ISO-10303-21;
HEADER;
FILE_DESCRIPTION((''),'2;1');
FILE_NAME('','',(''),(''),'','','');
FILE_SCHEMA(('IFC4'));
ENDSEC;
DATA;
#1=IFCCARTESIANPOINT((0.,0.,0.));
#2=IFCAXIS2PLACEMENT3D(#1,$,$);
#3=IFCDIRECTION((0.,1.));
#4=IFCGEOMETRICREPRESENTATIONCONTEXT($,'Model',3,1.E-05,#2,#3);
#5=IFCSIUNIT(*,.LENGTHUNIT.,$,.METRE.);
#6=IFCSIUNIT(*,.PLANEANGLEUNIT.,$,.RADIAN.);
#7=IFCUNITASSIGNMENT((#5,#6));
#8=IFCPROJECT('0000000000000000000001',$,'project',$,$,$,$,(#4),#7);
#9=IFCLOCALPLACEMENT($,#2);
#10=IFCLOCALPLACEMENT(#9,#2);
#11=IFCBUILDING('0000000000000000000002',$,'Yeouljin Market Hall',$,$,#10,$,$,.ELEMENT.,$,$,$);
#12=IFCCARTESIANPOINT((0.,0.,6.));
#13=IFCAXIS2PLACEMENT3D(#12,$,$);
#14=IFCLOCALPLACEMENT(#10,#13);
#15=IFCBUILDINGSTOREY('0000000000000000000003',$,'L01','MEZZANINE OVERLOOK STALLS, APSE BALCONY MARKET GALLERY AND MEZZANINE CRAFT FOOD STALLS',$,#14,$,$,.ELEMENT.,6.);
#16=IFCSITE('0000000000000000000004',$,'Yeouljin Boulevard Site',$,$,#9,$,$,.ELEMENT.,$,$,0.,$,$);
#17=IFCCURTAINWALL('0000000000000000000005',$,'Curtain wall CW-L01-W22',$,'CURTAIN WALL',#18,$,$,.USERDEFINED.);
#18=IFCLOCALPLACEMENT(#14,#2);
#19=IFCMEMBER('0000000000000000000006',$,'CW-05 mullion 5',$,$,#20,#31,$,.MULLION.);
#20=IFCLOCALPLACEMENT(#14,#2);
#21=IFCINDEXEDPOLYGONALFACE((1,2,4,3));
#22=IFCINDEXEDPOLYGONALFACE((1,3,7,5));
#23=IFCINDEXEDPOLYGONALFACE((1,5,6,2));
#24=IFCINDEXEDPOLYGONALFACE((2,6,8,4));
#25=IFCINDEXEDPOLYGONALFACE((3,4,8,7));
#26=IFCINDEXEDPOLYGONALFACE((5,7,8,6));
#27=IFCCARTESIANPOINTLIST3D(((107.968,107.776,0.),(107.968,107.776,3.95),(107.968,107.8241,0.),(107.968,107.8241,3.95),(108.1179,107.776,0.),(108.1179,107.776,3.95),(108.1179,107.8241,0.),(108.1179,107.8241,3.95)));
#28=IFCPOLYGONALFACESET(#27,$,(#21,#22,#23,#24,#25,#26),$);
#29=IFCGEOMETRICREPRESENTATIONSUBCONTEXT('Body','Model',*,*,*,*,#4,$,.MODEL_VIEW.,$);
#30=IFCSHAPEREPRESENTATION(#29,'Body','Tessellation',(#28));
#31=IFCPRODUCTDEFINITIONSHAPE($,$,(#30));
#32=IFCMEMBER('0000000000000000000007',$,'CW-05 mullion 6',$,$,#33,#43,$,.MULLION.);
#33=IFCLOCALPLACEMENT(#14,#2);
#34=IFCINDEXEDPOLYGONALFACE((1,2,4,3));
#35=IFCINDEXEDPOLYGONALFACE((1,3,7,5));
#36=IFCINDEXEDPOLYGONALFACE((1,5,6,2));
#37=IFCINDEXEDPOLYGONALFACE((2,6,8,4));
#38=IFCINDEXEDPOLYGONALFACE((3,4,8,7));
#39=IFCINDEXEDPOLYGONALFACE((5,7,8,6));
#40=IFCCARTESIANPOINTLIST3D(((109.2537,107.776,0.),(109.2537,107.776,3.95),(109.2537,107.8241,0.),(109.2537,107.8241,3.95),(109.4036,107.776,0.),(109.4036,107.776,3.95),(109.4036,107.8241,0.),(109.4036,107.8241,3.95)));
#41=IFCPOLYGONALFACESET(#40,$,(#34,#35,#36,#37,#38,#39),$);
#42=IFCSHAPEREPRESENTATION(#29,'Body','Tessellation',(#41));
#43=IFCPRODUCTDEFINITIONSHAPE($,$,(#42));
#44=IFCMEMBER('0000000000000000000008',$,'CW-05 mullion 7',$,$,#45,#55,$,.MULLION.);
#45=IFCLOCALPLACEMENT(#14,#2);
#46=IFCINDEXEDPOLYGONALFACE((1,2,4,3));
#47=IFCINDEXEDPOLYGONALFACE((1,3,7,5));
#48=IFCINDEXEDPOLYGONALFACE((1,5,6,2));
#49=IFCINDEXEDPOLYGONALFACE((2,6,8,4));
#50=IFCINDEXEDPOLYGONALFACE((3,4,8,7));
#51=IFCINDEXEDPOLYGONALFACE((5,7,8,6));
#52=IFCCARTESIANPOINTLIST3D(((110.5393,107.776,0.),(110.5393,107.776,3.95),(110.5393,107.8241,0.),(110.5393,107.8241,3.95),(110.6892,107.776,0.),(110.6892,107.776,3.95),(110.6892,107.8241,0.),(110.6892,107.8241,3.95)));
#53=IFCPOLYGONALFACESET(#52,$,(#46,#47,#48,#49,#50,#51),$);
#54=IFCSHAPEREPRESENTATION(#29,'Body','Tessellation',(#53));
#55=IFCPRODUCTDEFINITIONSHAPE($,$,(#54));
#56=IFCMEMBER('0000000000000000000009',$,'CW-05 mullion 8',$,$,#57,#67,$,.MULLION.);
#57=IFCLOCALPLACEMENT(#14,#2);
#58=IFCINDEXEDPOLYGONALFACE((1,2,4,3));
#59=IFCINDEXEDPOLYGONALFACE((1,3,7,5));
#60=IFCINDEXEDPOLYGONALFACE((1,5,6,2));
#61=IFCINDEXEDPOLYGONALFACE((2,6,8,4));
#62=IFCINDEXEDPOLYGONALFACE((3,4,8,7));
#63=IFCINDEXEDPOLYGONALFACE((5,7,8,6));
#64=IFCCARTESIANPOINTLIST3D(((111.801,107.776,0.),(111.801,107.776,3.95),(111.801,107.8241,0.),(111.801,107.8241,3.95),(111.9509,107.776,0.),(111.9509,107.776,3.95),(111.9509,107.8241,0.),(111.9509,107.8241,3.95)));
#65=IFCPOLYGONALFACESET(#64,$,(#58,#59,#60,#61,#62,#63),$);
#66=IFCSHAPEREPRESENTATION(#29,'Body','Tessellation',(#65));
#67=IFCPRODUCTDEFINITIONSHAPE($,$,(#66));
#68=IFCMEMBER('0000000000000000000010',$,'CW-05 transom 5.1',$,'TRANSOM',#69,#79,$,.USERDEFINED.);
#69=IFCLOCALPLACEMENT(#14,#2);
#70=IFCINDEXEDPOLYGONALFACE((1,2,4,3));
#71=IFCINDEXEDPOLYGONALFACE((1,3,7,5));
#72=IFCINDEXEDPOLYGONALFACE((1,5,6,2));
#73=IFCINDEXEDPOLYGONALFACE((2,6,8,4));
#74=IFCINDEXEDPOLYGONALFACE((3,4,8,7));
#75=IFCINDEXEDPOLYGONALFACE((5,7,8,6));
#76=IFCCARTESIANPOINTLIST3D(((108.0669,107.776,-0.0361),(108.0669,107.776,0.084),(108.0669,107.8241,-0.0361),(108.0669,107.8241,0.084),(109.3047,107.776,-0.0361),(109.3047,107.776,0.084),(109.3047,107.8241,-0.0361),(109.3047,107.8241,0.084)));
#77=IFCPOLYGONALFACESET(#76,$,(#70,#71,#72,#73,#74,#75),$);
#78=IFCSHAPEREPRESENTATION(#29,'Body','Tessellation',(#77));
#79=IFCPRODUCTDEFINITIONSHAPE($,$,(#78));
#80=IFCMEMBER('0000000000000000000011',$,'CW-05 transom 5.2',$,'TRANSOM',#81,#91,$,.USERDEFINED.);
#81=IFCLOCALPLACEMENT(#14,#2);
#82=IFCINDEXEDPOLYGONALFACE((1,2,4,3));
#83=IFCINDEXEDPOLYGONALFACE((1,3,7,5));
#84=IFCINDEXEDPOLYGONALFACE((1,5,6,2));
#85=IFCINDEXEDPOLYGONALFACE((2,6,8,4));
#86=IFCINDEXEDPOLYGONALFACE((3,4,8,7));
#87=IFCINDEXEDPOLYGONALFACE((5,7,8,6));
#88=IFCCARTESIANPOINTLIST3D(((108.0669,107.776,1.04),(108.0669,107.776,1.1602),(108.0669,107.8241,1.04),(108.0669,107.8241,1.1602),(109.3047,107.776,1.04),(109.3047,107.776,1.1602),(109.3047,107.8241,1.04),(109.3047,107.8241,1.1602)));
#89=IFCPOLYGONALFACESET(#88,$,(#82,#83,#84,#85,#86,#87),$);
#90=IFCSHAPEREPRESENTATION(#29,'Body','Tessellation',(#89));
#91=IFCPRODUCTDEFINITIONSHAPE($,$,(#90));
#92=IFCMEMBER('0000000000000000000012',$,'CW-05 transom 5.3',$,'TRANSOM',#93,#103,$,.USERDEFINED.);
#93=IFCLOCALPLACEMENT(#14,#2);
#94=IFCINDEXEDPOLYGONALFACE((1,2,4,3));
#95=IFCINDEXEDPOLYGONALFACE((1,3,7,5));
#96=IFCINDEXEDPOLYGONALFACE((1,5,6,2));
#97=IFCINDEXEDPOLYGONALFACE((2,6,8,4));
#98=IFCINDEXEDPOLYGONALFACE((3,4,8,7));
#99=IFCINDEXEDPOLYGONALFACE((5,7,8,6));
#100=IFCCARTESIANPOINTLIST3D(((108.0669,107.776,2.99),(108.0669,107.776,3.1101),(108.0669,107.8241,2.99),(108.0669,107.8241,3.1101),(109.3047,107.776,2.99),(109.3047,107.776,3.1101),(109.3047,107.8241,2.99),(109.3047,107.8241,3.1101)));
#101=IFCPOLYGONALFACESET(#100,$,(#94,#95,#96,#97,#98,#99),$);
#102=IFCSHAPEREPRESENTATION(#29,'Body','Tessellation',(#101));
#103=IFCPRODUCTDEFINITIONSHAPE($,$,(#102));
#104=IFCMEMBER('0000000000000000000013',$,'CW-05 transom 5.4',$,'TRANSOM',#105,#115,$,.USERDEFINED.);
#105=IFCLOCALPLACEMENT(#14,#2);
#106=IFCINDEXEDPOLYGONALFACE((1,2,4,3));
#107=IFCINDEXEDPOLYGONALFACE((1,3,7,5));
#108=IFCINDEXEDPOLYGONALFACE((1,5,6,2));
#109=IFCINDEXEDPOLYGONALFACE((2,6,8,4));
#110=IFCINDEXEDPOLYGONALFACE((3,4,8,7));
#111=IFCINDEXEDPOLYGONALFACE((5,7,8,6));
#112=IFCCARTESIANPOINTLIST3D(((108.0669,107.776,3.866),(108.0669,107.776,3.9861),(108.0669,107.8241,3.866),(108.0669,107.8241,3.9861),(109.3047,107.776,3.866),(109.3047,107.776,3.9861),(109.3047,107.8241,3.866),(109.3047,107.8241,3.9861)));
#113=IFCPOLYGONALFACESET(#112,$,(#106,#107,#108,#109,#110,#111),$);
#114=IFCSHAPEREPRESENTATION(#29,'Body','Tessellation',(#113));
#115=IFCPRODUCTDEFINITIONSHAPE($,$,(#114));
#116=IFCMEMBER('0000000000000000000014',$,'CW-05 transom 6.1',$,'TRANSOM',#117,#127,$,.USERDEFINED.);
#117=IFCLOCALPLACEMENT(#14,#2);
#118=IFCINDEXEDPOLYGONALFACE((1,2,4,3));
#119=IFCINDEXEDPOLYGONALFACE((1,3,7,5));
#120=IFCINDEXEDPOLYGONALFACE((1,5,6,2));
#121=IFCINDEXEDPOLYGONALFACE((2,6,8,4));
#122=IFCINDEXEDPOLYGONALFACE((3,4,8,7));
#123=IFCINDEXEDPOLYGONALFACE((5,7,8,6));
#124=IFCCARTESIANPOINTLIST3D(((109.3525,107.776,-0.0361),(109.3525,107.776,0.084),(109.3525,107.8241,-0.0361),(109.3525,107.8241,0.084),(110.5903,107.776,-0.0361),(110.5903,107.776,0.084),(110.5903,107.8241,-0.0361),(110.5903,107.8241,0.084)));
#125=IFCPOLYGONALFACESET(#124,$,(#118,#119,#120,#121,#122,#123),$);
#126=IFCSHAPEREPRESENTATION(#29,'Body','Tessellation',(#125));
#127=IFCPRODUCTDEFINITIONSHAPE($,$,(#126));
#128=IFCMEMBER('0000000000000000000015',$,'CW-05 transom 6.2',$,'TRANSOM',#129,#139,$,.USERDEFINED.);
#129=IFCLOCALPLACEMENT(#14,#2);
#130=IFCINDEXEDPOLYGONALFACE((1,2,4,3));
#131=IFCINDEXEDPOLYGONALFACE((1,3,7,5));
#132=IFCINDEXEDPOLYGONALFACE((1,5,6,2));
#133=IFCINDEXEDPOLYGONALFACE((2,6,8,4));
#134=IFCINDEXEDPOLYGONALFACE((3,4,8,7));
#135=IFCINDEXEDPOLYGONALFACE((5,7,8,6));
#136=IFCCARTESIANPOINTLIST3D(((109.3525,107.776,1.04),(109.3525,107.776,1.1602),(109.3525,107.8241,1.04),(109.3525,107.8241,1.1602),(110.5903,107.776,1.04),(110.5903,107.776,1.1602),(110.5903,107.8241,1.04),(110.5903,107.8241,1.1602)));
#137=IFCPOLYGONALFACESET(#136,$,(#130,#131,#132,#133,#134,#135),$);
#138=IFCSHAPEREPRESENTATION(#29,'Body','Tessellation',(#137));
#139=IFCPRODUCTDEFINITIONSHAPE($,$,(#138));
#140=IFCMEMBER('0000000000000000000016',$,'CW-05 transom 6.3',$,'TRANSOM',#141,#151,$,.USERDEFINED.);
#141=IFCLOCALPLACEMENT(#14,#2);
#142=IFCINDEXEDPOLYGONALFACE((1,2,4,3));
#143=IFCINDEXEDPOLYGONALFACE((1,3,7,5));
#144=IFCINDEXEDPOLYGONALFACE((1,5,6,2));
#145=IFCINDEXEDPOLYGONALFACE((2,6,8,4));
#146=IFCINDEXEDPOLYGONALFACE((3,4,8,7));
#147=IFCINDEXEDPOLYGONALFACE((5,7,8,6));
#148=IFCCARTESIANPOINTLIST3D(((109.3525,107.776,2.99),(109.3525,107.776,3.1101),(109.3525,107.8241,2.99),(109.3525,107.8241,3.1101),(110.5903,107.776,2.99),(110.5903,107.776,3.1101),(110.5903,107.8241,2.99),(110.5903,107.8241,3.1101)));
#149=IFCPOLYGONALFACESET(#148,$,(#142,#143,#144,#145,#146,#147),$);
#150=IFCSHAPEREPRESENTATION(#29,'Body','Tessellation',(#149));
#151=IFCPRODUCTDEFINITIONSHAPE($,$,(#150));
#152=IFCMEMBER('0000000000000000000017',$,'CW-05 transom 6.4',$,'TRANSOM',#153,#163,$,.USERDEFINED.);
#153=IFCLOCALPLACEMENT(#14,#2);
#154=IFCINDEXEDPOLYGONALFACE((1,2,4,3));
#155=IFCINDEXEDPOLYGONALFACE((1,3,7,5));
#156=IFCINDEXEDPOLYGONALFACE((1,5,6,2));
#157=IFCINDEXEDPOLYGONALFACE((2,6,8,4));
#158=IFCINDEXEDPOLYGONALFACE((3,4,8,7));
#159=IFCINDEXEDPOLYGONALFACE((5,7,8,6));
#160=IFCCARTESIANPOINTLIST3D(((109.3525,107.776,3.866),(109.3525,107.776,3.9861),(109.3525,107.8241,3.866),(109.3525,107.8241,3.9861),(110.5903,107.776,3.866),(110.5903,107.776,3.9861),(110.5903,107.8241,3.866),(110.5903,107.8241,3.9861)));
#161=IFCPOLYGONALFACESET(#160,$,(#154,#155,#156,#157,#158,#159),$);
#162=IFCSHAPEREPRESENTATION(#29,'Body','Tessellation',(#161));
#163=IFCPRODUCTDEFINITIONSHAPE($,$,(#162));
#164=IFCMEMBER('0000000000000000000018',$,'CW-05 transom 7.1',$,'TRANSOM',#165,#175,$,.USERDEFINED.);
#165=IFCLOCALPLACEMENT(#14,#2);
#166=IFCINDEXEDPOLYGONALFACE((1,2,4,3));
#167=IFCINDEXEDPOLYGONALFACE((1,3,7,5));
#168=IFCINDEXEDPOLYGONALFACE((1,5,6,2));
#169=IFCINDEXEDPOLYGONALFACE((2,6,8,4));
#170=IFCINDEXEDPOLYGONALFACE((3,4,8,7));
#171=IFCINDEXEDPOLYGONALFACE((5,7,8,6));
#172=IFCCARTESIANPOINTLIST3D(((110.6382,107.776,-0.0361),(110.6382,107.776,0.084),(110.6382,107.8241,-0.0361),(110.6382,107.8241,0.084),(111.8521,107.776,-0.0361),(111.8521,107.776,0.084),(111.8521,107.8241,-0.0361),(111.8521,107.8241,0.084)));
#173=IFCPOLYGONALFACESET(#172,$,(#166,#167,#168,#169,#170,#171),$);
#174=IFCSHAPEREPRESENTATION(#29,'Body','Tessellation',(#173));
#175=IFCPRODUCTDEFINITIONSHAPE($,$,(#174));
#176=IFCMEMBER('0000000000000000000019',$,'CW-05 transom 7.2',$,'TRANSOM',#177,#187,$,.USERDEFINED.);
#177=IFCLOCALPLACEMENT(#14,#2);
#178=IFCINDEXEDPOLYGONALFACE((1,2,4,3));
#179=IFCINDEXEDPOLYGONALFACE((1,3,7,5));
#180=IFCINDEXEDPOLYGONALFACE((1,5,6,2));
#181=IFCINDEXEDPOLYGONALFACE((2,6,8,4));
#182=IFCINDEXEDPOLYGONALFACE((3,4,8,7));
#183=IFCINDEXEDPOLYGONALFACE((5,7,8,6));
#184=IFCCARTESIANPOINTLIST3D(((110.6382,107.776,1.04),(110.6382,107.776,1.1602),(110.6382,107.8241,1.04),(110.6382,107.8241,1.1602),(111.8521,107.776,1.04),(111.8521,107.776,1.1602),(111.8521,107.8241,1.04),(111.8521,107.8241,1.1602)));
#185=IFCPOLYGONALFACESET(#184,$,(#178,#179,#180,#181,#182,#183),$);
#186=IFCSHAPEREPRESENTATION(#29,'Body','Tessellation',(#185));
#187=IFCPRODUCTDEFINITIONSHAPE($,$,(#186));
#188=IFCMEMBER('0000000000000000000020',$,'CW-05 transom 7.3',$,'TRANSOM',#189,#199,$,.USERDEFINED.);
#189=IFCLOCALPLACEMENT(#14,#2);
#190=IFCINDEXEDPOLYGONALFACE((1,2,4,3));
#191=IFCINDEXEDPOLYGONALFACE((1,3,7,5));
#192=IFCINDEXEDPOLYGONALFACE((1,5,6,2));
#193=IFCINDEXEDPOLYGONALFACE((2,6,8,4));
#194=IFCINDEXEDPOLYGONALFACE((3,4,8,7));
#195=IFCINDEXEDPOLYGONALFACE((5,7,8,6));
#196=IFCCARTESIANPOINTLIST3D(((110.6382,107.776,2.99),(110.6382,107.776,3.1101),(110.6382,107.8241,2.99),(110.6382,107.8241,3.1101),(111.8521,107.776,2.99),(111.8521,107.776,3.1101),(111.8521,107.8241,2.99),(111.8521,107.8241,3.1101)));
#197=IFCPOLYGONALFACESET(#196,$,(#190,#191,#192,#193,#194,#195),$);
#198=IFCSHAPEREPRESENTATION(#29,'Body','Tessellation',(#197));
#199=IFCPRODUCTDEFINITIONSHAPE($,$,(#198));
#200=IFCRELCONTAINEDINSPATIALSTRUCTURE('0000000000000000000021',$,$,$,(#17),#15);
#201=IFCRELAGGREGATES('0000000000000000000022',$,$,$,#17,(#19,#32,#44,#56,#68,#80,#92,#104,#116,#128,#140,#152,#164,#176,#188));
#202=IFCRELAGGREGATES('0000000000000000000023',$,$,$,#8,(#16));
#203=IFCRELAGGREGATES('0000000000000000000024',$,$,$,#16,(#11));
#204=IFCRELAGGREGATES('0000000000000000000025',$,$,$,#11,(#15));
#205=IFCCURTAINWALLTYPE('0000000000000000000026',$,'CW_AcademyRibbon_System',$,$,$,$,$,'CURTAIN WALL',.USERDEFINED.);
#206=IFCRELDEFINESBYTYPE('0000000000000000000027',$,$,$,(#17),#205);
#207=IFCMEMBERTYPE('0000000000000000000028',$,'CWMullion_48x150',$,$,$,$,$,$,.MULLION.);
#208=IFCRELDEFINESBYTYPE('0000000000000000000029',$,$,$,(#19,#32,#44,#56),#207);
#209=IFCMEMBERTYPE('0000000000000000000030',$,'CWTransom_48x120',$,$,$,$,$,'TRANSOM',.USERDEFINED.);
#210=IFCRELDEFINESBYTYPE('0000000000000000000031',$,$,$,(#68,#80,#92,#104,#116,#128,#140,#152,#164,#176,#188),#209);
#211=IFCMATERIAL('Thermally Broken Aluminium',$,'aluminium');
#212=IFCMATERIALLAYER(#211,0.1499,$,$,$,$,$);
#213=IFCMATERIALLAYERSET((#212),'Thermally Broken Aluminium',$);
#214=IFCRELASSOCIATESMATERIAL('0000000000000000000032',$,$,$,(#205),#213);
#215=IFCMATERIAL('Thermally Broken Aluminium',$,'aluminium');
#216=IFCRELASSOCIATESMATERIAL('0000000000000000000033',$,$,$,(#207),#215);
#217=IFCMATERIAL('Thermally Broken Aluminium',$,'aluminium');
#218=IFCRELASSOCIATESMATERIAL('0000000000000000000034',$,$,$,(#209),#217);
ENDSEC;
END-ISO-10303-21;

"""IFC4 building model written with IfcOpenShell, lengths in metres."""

from ifc_helpers import new_model, si_unit, direction, frame, origin, origin_2d, place, context, subcontext, project, spatial, rectangle, extrude, material, layer, layer_set, material_profile, profile_set, type_object, element, aggregate, save


model = new_model("IFC4")

# Units and contexts
model_context = context("Model", 3, precision=1e-05, world=origin(), true_north=direction((0.0, 1.0)))
body_context = subcontext(model_context, "Body", "Model", "MODEL_VIEW")
ifc_project = project(units=[si_unit("LENGTHUNIT", "METRE"), si_unit("PLANEANGLEUNIT", "RADIAN")], contexts=[model_context])

# Site, building, storey
site_placement = place(None, origin())
site = spatial("IfcSite", under=ifc_project, at=site_placement, Name="Yeouljin Boulevard Site", CompositionType="ELEMENT", RefElevation=0.0)
building_placement = place(site_placement, origin())
building = spatial("IfcBuilding", under=site, at=building_placement, Name="Yeouljin Market Hall", CompositionType="ELEMENT")
storey_placement = place(building_placement, frame((0.0, 0.0, 6.0)))
storey = spatial("IfcBuildingStorey", under=building, at=storey_placement, Name="L01", Description="MEZZANINE OVERLOOK STALLS, APSE BALCONY MARKET GALLERY AND MEZZANINE CRAFT FOOD STALLS", CompositionType="ELEMENT", Elevation=6.0)

# Curtain wall, members
ifc_material_1 = material(Name="Thermally Broken Aluminium", Category="aluminium")
ifc_layer_1 = layer(ifc_material_1, 0.1499)
ifc_layer_set_1 = layer_set([ifc_layer_1], Name="Thermally Broken Aluminium")
curtain_wall_type = type_object("IfcCurtainWallType", Name="CW_AcademyRibbon_System", ElementType="CURTAIN WALL", PredefinedType="USERDEFINED", material=ifc_layer_set_1)
curtain_wall_placement = place(storey_placement, origin())
curtain_wall = element("IfcCurtainWall", 1, at=curtain_wall_placement, inside=storey, type_object=curtain_wall_type, Name="Curtain wall CW-L01-W22", ObjectType="CURTAIN WALL", PredefinedType="USERDEFINED")
ifc_material_2 = material(Name="Thermally Broken Aluminium", Category="aluminium")
ifc_material_profile_1 = material_profile(ifc_material_2, rectangle(XDim=0.0481, YDim=0.1499, at=origin_2d()), Name="CW-MULL-48x150")
ifc_profile_set_1 = profile_set([ifc_material_profile_1], Name="Thermally Broken Aluminium")
member_type_1 = type_object("IfcMemberType", Name="CWMullion_48x150", PredefinedType="MULLION", material=ifc_profile_set_1)
member_1_placement = place(storey_placement, frame((108.043, 107.8, 0.0), z_axis=(0.0, 0.0, 1.0), x_axis=(0.0, 1.0, 0.0)))
member_1 = element("IfcMember", 2, at=member_1_placement, type_object=member_type_1, Name="CW-05 mullion 5", PredefinedType="MULLION", context=body_context, shape_type="SweptSolid", body=[
    extrude(rectangle(XDim=0.0481, YDim=0.1499, at=origin_2d()), origin(), (0.0, 0.0, 1.0), 3.95),
])
member_2_placement = place(storey_placement, frame((109.3286, 107.8, 0.0), z_axis=(0.0, 0.0, 1.0), x_axis=(0.0, 1.0, 0.0)))
member_2 = element("IfcMember", 3, at=member_2_placement, type_object=member_type_1, Name="CW-05 mullion 6", PredefinedType="MULLION", context=body_context, shape_type="SweptSolid", body=[
    extrude(rectangle(XDim=0.0481, YDim=0.1499, at=origin_2d()), origin(), (0.0, 0.0, 1.0), 3.95),
])
member_3_placement = place(storey_placement, frame((110.6143, 107.8, 0.0), z_axis=(0.0, 0.0, 1.0), x_axis=(0.0, 1.0, 0.0)))
member_3 = element("IfcMember", 4, at=member_3_placement, type_object=member_type_1, Name="CW-05 mullion 7", PredefinedType="MULLION", context=body_context, shape_type="SweptSolid", body=[
    extrude(rectangle(XDim=0.0481, YDim=0.1499, at=origin_2d()), origin(), (0.0, 0.0, 1.0), 3.95),
])
member_4_placement = place(storey_placement, frame((111.876, 107.8, 0.0), z_axis=(0.0, 0.0, 1.0), x_axis=(0.0, 1.0, 0.0)))
member_4 = element("IfcMember", 5, at=member_4_placement, type_object=member_type_1, Name="CW-05 mullion 8", PredefinedType="MULLION", context=body_context, shape_type="SweptSolid", body=[
    extrude(rectangle(XDim=0.0481, YDim=0.1499, at=origin_2d()), origin(), (0.0, 0.0, 1.0), 3.95),
])
ifc_material_3 = material(Name="Thermally Broken Aluminium", Category="aluminium")
ifc_material_profile_2 = material_profile(ifc_material_3, rectangle(XDim=0.0481, YDim=0.1201, at=origin_2d()), Name="CW-TRAN-48x120")
ifc_profile_set_2 = profile_set([ifc_material_profile_2], Name="Thermally Broken Aluminium")
member_type_2 = type_object("IfcMemberType", Name="CWTransom_48x120", ElementType="TRANSOM", PredefinedType="USERDEFINED", material=ifc_profile_set_2)
member_5_placement = place(storey_placement, frame((108.0669, 107.8, 0.0239), z_axis=(1.0, 0.0, 0.0), x_axis=(0.0, 1.0, 0.0)))
member_5 = element("IfcMember", 6, at=member_5_placement, type_object=member_type_2, Name="CW-05 transom 5.1", ObjectType="TRANSOM", PredefinedType="USERDEFINED", context=body_context, shape_type="SweptSolid", body=[
    extrude(rectangle(XDim=0.0481, YDim=0.1201, at=origin_2d()), origin(), (0.0, 0.0, 1.0), 1.2378),
])
member_6_placement = place(storey_placement, frame((108.0669, 107.8, 1.1001), z_axis=(1.0, 0.0, 0.0), x_axis=(0.0, 1.0, 0.0)))
member_6 = element("IfcMember", 7, at=member_6_placement, type_object=member_type_2, Name="CW-05 transom 5.2", ObjectType="TRANSOM", PredefinedType="USERDEFINED", context=body_context, shape_type="SweptSolid", body=[
    extrude(rectangle(XDim=0.0481, YDim=0.1201, at=origin_2d()), origin(), (0.0, 0.0, 1.0), 1.2378),
])
member_7_placement = place(storey_placement, frame((108.0669, 107.8, 3.05), z_axis=(1.0, 0.0, 0.0), x_axis=(0.0, 1.0, 0.0)))
member_7 = element("IfcMember", 8, at=member_7_placement, type_object=member_type_2, Name="CW-05 transom 5.3", ObjectType="TRANSOM", PredefinedType="USERDEFINED", context=body_context, shape_type="SweptSolid", body=[
    extrude(rectangle(XDim=0.0481, YDim=0.1201, at=origin_2d()), origin(), (0.0, 0.0, 1.0), 1.2378),
])
member_8_placement = place(storey_placement, frame((108.0669, 107.8, 3.926), z_axis=(1.0, 0.0, 0.0), x_axis=(0.0, 1.0, 0.0)))
member_8 = element("IfcMember", 9, at=member_8_placement, type_object=member_type_2, Name="CW-05 transom 5.4", ObjectType="TRANSOM", PredefinedType="USERDEFINED", context=body_context, shape_type="SweptSolid", body=[
    extrude(rectangle(XDim=0.0481, YDim=0.1201, at=origin_2d()), origin(), (0.0, 0.0, 1.0), 1.2378),
])
member_9_placement = place(storey_placement, frame((109.3525, 107.8, 0.0239), z_axis=(1.0, 0.0, 0.0), x_axis=(0.0, 1.0, 0.0)))
member_9 = element("IfcMember", 10, at=member_9_placement, type_object=member_type_2, Name="CW-05 transom 6.1", ObjectType="TRANSOM", PredefinedType="USERDEFINED", context=body_context, shape_type="SweptSolid", body=[
    extrude(rectangle(XDim=0.0481, YDim=0.1201, at=origin_2d()), origin(), (0.0, 0.0, 1.0), 1.2378),
])
member_10_placement = place(storey_placement, frame((109.3525, 107.8, 1.1001), z_axis=(1.0, 0.0, 0.0), x_axis=(0.0, 1.0, 0.0)))
member_10 = element("IfcMember", 11, at=member_10_placement, type_object=member_type_2, Name="CW-05 transom 6.2", ObjectType="TRANSOM", PredefinedType="USERDEFINED", context=body_context, shape_type="SweptSolid", body=[
    extrude(rectangle(XDim=0.0481, YDim=0.1201, at=origin_2d()), origin(), (0.0, 0.0, 1.0), 1.2378),
])
member_11_placement = place(storey_placement, frame((109.3525, 107.8, 3.05), z_axis=(1.0, 0.0, 0.0), x_axis=(0.0, 1.0, 0.0)))
member_11 = element("IfcMember", 12, at=member_11_placement, type_object=member_type_2, Name="CW-05 transom 6.3", ObjectType="TRANSOM", PredefinedType="USERDEFINED", context=body_context, shape_type="SweptSolid", body=[
    extrude(rectangle(XDim=0.0481, YDim=0.1201, at=origin_2d()), origin(), (0.0, 0.0, 1.0), 1.2378),
])
member_12_placement = place(storey_placement, frame((109.3525, 107.8, 3.926), z_axis=(1.0, 0.0, 0.0), x_axis=(0.0, 1.0, 0.0)))
member_12 = element("IfcMember", 13, at=member_12_placement, type_object=member_type_2, Name="CW-05 transom 6.4", ObjectType="TRANSOM", PredefinedType="USERDEFINED", context=body_context, shape_type="SweptSolid", body=[
    extrude(rectangle(XDim=0.0481, YDim=0.1201, at=origin_2d()), origin(), (0.0, 0.0, 1.0), 1.2378),
])
member_13_placement = place(storey_placement, frame((110.6382, 107.8, 0.0239), z_axis=(1.0, 0.0, 0.0), x_axis=(0.0, 1.0, 0.0)))
member_13 = element("IfcMember", 14, at=member_13_placement, type_object=member_type_2, Name="CW-05 transom 7.1", ObjectType="TRANSOM", PredefinedType="USERDEFINED", context=body_context, shape_type="SweptSolid", body=[
    extrude(rectangle(XDim=0.0481, YDim=0.1201, at=origin_2d()), origin(), (0.0, 0.0, 1.0), 1.2139),
])
member_14_placement = place(storey_placement, frame((110.6382, 107.8, 1.1001), z_axis=(1.0, 0.0, 0.0), x_axis=(0.0, 1.0, 0.0)))
member_14 = element("IfcMember", 15, at=member_14_placement, type_object=member_type_2, Name="CW-05 transom 7.2", ObjectType="TRANSOM", PredefinedType="USERDEFINED", context=body_context, shape_type="SweptSolid", body=[
    extrude(rectangle(XDim=0.0481, YDim=0.1201, at=origin_2d()), origin(), (0.0, 0.0, 1.0), 1.2139),
])
member_15_placement = place(storey_placement, frame((110.6382, 107.8, 3.05), z_axis=(1.0, 0.0, 0.0), x_axis=(0.0, 1.0, 0.0)))
member_15 = element("IfcMember", 16, at=member_15_placement, type_object=member_type_2, Name="CW-05 transom 7.3", ObjectType="TRANSOM", PredefinedType="USERDEFINED", context=body_context, shape_type="SweptSolid", body=[
    extrude(rectangle(XDim=0.0481, YDim=0.1201, at=origin_2d()), origin(), (0.0, 0.0, 1.0), 1.2139),
])

aggregate(curtain_wall, [member_1, member_2, member_3, member_4, member_5, member_6, member_7, member_8, member_9, member_10, member_11, member_12, member_13, member_14, member_15])

save(model, "model.ifc")
